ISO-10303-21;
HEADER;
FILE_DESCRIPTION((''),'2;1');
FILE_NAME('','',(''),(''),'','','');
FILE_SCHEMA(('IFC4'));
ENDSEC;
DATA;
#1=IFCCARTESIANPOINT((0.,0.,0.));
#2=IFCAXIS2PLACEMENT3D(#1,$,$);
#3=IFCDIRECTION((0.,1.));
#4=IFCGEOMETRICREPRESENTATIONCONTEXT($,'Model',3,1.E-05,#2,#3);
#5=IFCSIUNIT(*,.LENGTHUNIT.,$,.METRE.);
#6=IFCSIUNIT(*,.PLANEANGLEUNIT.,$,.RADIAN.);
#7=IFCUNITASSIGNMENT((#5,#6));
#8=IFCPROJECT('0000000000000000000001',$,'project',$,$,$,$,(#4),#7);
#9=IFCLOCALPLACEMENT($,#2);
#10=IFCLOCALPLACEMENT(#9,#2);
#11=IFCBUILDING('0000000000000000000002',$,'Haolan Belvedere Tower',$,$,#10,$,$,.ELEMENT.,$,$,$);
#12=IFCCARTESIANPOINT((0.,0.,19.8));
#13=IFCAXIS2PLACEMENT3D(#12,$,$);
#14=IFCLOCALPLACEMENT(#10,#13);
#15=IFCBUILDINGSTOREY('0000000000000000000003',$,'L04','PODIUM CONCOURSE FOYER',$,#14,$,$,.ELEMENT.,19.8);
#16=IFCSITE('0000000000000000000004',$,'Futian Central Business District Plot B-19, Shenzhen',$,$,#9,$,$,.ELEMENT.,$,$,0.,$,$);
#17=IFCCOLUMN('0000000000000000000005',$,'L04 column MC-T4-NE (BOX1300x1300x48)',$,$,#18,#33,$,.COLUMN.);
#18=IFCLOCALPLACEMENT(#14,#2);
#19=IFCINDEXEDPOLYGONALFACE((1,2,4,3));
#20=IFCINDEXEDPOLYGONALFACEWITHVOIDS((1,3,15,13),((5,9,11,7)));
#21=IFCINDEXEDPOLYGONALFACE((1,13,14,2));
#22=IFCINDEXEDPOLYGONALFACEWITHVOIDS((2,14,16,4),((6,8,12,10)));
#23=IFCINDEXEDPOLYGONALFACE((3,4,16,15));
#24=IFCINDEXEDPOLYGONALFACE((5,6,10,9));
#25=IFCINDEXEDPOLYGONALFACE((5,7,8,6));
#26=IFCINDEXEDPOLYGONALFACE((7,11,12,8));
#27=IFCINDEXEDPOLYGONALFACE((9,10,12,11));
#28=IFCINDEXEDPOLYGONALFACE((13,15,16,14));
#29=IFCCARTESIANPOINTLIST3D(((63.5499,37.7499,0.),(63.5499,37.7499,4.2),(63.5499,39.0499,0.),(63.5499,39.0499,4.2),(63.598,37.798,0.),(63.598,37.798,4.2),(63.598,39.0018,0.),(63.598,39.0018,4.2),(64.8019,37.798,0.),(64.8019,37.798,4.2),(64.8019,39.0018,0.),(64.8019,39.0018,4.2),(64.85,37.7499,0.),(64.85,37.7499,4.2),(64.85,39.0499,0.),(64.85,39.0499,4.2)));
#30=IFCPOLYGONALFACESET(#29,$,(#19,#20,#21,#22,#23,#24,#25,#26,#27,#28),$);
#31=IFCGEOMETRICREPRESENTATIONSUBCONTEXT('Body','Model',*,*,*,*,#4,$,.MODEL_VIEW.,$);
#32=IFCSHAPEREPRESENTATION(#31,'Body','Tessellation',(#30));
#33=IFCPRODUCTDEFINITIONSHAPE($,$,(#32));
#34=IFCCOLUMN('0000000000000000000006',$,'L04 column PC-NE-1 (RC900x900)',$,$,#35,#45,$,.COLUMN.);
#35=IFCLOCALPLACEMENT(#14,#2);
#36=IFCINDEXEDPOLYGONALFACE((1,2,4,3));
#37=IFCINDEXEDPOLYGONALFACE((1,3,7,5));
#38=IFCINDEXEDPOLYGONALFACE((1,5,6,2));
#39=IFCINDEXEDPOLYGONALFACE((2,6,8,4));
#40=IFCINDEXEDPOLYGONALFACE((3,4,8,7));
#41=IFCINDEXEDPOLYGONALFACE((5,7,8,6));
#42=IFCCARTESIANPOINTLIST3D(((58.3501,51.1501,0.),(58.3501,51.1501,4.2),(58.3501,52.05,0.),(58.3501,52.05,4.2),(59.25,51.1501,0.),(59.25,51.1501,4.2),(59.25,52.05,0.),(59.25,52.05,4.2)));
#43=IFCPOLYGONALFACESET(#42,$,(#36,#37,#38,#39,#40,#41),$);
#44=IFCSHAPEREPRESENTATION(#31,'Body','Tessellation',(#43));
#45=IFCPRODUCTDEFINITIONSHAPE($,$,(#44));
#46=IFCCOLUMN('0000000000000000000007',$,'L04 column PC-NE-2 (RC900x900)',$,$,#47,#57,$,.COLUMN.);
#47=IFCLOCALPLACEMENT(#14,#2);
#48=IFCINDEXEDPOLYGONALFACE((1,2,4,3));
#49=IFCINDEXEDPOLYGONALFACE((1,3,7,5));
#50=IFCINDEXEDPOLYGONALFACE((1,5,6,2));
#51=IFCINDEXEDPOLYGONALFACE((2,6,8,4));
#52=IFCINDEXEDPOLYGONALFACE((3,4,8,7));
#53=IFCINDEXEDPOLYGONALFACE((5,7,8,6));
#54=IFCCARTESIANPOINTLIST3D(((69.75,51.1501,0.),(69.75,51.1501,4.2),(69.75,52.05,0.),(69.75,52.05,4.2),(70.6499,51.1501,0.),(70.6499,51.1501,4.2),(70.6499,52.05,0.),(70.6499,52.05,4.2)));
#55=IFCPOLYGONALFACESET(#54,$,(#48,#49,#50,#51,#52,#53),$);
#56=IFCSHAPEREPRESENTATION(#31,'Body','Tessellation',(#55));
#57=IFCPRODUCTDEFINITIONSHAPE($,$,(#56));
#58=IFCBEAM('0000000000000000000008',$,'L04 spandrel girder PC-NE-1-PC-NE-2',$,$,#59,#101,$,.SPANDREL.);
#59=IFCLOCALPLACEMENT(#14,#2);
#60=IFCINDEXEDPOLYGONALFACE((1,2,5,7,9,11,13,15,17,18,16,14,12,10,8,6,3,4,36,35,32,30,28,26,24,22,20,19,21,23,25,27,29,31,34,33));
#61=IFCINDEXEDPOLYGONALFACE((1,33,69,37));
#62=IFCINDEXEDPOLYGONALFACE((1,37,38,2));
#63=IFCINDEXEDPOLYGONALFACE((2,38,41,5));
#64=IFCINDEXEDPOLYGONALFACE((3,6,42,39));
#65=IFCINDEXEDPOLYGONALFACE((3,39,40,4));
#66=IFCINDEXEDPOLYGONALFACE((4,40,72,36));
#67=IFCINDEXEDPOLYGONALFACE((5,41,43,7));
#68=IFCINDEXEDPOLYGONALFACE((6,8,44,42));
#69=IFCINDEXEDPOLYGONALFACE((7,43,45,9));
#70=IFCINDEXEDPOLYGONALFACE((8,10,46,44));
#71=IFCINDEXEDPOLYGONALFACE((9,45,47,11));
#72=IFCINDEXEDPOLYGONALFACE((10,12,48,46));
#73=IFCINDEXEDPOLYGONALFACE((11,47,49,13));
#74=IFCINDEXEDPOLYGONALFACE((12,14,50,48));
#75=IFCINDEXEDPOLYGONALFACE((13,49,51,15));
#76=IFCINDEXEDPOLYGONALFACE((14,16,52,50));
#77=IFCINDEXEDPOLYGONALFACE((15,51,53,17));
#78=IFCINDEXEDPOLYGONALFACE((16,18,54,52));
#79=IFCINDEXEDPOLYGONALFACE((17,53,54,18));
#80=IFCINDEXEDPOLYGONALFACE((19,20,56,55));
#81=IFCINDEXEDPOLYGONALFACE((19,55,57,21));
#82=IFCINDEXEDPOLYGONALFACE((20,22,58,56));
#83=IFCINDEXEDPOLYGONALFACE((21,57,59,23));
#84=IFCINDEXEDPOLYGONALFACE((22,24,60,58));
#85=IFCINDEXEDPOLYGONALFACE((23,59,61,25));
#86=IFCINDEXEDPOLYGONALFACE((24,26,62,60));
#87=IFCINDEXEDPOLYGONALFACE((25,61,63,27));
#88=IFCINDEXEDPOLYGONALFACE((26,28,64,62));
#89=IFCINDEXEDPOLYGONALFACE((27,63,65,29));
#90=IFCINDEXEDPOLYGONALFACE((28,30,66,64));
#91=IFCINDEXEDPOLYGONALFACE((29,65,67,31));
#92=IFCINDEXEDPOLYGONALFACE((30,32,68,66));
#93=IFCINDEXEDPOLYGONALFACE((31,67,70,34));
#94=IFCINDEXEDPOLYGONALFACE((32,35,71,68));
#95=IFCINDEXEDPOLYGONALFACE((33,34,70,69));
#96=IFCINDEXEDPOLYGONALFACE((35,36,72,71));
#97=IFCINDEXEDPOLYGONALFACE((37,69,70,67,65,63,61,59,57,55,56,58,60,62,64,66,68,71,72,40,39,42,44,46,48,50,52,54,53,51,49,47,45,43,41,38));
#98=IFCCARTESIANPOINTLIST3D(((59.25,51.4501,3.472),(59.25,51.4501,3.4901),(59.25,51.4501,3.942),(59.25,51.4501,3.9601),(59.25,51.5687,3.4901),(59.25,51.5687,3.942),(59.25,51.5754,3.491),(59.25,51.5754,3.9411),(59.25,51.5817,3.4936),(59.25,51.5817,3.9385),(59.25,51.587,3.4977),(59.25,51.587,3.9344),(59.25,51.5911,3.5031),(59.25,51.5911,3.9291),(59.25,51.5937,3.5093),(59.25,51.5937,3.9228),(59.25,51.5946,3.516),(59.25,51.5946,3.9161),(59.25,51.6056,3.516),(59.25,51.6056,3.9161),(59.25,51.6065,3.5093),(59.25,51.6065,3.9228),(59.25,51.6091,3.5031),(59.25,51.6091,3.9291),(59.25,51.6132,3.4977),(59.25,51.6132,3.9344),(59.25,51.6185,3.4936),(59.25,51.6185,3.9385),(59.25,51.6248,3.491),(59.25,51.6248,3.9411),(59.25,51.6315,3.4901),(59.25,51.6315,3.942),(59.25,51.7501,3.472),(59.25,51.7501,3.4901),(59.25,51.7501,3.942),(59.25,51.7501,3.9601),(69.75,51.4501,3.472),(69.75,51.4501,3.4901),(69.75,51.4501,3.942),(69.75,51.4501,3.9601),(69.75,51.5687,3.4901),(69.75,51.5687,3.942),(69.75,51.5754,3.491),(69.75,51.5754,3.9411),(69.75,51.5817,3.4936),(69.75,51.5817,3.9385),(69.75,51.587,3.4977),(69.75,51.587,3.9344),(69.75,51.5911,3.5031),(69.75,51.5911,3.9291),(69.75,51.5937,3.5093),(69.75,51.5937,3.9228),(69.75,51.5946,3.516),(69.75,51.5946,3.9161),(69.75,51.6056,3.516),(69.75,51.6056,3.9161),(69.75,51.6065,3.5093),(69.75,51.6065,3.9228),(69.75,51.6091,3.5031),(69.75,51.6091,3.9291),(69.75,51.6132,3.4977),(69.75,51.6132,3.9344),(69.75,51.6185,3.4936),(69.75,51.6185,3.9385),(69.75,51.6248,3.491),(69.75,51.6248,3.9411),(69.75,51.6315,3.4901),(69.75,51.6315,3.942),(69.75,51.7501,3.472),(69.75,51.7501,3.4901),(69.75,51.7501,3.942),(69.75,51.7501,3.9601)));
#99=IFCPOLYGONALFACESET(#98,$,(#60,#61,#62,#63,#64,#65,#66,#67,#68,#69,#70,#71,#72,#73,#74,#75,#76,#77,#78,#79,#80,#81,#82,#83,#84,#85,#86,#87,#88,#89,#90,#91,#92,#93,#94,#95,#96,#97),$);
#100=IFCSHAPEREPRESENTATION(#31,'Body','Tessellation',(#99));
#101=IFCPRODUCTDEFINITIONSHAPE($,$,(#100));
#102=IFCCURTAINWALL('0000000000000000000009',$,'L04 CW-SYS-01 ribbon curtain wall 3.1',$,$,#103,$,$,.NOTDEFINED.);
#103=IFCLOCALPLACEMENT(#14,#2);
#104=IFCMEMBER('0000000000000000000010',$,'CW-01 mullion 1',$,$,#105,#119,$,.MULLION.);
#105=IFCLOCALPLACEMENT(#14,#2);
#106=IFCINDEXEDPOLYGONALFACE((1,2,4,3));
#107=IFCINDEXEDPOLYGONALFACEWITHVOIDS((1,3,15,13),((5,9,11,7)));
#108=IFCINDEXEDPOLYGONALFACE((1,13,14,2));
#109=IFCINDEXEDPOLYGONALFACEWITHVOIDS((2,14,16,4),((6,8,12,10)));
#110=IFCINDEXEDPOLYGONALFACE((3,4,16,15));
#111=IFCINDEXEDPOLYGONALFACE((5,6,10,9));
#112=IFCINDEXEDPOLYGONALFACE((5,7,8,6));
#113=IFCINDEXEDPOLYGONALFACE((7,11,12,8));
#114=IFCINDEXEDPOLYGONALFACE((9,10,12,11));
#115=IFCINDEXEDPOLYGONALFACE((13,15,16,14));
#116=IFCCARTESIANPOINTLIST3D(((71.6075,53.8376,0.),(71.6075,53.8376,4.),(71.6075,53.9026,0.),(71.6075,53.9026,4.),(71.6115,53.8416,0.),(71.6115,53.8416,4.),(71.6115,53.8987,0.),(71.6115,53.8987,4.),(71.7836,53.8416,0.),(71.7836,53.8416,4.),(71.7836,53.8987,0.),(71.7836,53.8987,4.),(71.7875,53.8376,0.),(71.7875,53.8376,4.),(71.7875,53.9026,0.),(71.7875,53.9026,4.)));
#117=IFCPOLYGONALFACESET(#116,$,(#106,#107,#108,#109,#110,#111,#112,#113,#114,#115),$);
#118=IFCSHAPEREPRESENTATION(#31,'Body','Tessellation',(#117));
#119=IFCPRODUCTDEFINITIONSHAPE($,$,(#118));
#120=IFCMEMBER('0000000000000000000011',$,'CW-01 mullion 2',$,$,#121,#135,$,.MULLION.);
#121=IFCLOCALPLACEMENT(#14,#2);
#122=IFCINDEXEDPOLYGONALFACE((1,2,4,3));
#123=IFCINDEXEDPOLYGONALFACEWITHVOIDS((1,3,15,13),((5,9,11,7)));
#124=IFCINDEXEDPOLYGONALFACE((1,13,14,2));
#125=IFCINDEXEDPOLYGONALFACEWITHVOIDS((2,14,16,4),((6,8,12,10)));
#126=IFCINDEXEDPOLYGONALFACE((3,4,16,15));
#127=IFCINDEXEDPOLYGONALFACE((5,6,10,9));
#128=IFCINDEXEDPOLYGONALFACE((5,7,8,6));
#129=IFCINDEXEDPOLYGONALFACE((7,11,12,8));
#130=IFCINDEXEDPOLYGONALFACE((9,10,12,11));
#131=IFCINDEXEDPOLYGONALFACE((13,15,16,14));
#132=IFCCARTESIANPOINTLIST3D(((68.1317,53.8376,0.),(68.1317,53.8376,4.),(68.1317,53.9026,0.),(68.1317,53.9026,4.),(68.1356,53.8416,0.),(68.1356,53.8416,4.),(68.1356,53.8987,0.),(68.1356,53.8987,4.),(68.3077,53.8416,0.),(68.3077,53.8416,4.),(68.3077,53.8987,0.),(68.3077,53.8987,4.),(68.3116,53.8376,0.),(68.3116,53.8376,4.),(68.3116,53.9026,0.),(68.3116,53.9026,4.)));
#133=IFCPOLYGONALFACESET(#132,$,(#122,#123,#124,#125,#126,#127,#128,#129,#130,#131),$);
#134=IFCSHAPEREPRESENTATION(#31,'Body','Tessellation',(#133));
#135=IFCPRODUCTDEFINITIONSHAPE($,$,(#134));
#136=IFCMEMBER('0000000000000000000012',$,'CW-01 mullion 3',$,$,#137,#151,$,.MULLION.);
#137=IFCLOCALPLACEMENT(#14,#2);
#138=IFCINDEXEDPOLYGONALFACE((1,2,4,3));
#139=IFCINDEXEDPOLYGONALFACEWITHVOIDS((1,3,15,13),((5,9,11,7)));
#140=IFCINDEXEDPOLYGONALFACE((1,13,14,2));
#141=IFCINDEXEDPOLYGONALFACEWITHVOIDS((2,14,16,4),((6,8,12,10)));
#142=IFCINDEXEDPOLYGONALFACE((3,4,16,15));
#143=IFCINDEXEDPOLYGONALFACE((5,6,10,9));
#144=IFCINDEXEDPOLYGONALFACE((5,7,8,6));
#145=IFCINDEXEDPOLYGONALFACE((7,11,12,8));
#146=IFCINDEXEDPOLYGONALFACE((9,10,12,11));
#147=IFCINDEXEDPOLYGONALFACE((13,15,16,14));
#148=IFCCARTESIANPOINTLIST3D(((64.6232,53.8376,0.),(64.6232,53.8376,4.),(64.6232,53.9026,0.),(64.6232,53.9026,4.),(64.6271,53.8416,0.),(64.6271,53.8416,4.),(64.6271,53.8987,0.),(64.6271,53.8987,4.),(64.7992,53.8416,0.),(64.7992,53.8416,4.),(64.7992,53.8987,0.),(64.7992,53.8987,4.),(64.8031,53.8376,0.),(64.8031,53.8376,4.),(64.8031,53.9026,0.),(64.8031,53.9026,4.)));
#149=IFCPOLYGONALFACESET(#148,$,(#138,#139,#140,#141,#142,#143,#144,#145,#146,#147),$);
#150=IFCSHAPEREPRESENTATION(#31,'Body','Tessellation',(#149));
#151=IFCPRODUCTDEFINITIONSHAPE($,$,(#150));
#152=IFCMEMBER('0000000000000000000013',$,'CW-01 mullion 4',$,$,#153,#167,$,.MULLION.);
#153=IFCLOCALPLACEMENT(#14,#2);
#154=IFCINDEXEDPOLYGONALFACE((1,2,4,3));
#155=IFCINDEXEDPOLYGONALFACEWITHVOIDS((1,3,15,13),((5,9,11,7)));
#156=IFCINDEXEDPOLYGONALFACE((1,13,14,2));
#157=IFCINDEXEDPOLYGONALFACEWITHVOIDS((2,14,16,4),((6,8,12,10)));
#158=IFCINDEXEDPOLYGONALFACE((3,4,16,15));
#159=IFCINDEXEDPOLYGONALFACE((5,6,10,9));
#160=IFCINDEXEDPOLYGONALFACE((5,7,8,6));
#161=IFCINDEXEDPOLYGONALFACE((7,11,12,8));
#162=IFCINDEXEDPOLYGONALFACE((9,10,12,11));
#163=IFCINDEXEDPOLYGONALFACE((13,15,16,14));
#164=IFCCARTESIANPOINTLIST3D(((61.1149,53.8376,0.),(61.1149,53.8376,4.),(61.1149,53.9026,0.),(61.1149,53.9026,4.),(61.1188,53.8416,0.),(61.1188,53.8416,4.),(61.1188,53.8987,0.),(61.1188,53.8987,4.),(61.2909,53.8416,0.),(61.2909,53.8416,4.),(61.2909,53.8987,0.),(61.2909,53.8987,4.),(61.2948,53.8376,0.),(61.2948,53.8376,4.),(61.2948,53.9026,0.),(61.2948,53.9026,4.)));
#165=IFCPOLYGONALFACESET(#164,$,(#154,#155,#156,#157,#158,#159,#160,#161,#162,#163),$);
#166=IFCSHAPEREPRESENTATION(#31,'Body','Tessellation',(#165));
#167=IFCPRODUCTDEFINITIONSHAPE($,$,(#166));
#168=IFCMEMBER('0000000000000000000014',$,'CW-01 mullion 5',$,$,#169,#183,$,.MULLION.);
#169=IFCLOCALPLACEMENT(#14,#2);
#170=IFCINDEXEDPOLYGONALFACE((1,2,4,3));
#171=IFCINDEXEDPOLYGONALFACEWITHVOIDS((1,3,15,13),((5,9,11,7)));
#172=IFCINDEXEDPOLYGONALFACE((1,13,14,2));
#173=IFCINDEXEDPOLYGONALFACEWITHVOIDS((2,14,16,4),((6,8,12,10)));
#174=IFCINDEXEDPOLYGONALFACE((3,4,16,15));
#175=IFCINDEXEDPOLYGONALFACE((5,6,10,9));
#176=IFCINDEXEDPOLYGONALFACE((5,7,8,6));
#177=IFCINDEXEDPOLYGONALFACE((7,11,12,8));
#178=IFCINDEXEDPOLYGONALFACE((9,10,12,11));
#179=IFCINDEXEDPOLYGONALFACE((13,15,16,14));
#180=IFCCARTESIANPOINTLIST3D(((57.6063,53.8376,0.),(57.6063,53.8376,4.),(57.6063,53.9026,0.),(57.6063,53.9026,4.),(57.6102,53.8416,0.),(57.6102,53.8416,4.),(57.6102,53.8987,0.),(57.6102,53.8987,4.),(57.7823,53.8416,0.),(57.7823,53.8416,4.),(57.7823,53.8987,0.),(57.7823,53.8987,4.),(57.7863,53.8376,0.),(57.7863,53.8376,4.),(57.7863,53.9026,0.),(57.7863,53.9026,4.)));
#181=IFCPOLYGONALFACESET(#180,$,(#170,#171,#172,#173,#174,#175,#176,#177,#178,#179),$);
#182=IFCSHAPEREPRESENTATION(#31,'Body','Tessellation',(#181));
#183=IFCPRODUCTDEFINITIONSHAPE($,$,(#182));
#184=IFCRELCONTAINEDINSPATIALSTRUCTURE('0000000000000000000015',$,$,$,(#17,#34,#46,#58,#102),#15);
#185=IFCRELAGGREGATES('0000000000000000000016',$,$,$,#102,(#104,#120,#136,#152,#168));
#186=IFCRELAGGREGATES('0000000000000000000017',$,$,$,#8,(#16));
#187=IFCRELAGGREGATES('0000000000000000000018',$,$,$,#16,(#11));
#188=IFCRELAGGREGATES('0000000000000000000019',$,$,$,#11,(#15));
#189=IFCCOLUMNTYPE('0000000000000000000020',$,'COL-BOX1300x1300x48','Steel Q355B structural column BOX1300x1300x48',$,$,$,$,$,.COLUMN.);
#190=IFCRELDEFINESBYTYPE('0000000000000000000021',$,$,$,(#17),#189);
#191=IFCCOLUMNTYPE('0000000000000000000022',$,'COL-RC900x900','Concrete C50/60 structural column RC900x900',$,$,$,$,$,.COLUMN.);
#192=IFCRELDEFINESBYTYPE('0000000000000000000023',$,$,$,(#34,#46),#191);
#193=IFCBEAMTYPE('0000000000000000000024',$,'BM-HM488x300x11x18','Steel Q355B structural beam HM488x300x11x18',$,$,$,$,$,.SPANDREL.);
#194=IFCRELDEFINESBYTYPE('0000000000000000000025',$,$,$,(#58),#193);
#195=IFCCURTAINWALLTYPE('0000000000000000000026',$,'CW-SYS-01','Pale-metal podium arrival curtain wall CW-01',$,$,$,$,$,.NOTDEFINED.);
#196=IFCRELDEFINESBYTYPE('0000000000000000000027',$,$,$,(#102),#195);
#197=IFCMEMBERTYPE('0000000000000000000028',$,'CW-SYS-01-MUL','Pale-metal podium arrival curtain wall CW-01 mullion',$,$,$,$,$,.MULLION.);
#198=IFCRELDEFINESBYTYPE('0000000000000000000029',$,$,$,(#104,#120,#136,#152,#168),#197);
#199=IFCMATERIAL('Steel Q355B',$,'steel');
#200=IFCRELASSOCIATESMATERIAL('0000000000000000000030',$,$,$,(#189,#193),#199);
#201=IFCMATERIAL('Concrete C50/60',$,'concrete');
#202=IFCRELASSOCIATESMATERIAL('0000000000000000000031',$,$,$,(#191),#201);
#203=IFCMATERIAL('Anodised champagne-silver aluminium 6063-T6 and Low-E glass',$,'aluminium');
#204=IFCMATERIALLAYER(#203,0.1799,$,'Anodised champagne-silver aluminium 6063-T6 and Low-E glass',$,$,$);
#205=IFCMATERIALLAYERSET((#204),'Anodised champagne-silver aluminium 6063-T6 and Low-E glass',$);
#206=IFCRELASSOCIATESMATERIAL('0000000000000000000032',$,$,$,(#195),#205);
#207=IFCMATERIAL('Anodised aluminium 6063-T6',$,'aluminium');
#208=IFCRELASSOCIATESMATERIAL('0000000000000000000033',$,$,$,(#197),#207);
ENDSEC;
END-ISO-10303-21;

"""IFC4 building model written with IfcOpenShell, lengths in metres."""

from ifc_helpers import new_model, si_unit, direction, frame, origin, origin_2d, place, context, subcontext, project, spatial, rectangle, hollow_rectangle, i_section, extrude, material, layer, layer_set, material_profile, profile_set, type_object, element, aggregate, save


model = new_model("IFC4")

# Units and contexts
model_context = context("Model", 3, precision=1e-05, world=origin(), true_north=direction((0.0, 1.0)))
body_context = subcontext(model_context, "Body", "Model", "MODEL_VIEW")
ifc_project = project(units=[si_unit("LENGTHUNIT", "METRE"), si_unit("PLANEANGLEUNIT", "RADIAN")], contexts=[model_context])

# Site, building, storey
site_placement = place(None, origin())
site = spatial("IfcSite", under=ifc_project, at=site_placement, Name="Futian Central Business District Plot B-19, Shenzhen", CompositionType="ELEMENT", RefElevation=0.0)
building_placement = place(site_placement, origin())
building = spatial("IfcBuilding", under=site, at=building_placement, Name="Haolan Belvedere Tower", CompositionType="ELEMENT")
storey_placement = place(building_placement, frame((0.0, 0.0, 19.8)))
storey = spatial("IfcBuildingStorey", under=building, at=storey_placement, Name="L04", Description="PODIUM CONCOURSE FOYER", CompositionType="ELEMENT", Elevation=19.8)

# Columns
ifc_material_1 = material(Name="Steel Q355B", Category="steel")
ifc_material_profile_1 = material_profile(ifc_material_1, hollow_rectangle(XDim=1.3, YDim=1.3, WallThickness=0.0481, at=origin_2d()), Name="Steel Q355B")
ifc_profile_set_1 = profile_set([ifc_material_profile_1], Name="Steel Q355B")
column_type_1 = type_object("IfcColumnType", Name="COL-BOX1300x1300x48", Description="Steel Q355B structural column BOX1300x1300x48", PredefinedType="COLUMN", material=ifc_profile_set_1)
column_placement = place(storey_placement, frame((64.2, 38.3999, 0.0), z_axis=(0.0, 0.0, 1.0), x_axis=(1.0, 0.0, 0.0)))
element("IfcColumn", 1, at=column_placement, inside=storey, type_object=column_type_1, Name="L04 column MC-T4-NE (BOX1300x1300x48)", PredefinedType="COLUMN", context=body_context, shape_type="SweptSolid", body=[
    extrude(hollow_rectangle(XDim=1.3, YDim=1.3, WallThickness=0.0481, at=origin_2d()), origin(), (0.0, 0.0, 1.0), 4.2),
])
ifc_material_2 = material(Name="Concrete C50/60", Category="concrete")
ifc_material_profile_2 = material_profile(ifc_material_2, rectangle(XDim=0.8999, YDim=0.8999, at=origin_2d()), Name="Concrete C50/60")
ifc_profile_set_2 = profile_set([ifc_material_profile_2], Name="Concrete C50/60")
column_type_2 = type_object("IfcColumnType", Name="COL-RC900x900", Description="Concrete C50/60 structural column RC900x900", PredefinedType="COLUMN", material=ifc_profile_set_2)
for number, where, z_axis, x_axis, name in (
    (2, (58.8, 51.6001, 0.0), (0.0, 0.0, 1.0), (1.0, 0.0, 0.0), "L04 column PC-NE-1 (RC900x900)"),
    (3, (70.2, 51.6001, 0.0), (0.0, 0.0, 1.0), (1.0, 0.0, 0.0), "L04 column PC-NE-2 (RC900x900)"),
):
    element("IfcColumn", number, at=place(storey_placement, frame(where, z_axis=z_axis, x_axis=x_axis)), inside=storey, type_object=column_type_2, Name=name, PredefinedType="COLUMN", context=body_context, shape_type="SweptSolid", body=[
        extrude(rectangle(XDim=0.8999, YDim=0.8999, at=origin_2d()), origin(), (0.0, 0.0, 1.0), 4.2),
    ])

# Beam
ifc_material_profile_3 = material_profile(ifc_material_1, i_section(OverallWidth=0.3, OverallDepth=0.488, WebThickness=0.011, FlangeThickness=0.0181, FilletRadius=0.0259, at=origin_2d()), Name="Steel Q355B")
ifc_profile_set_3 = profile_set([ifc_material_profile_3], Name="Steel Q355B")
beam_type = type_object("IfcBeamType", Name="BM-HM488x300x11x18", Description="Steel Q355B structural beam HM488x300x11x18", PredefinedType="SPANDREL", material=ifc_profile_set_3)
beam_placement = place(storey_placement, frame((59.25, 51.6001, 3.7161), z_axis=(1.0, 0.0, 0.0), x_axis=(0.0, 1.0, 0.0)))
element("IfcBeam", 4, at=beam_placement, inside=storey, type_object=beam_type, Name="L04 spandrel girder PC-NE-1-PC-NE-2", PredefinedType="SPANDREL", context=body_context, shape_type="SweptSolid", body=[
    extrude(i_section(OverallWidth=0.3, OverallDepth=0.488, WebThickness=0.011, FlangeThickness=0.0181, FilletRadius=0.0259, at=origin_2d()), origin(), (0.0, 0.0, 1.0), 10.5),
])

# Curtain wall, members
ifc_material_3 = material(Name="Anodised champagne-silver aluminium 6063-T6 and Low-E glass", Category="aluminium")
ifc_layer_1 = layer(ifc_material_3, 0.1799, Name="Anodised champagne-silver aluminium 6063-T6 and Low-E glass")
ifc_layer_set_1 = layer_set([ifc_layer_1], Name="Anodised champagne-silver aluminium 6063-T6 and Low-E glass")
curtain_wall_type = type_object("IfcCurtainWallType", Name="CW-SYS-01", Description="Pale-metal podium arrival curtain wall CW-01", PredefinedType="NOTDEFINED", material=ifc_layer_set_1)
curtain_wall_placement = place(storey_placement, origin())
curtain_wall = element("IfcCurtainWall", 5, at=curtain_wall_placement, inside=storey, type_object=curtain_wall_type, Name="L04 CW-SYS-01 ribbon curtain wall 3.1", PredefinedType="NOTDEFINED")
ifc_material_4 = material(Name="Anodised aluminium 6063-T6", Category="aluminium")
ifc_material_profile_4 = material_profile(ifc_material_4, hollow_rectangle(XDim=0.0649, YDim=0.1799, WallThickness=0.0039, at=origin_2d()), Name="Anodised aluminium 6063-T6")
ifc_profile_set_4 = profile_set([ifc_material_profile_4], Name="Anodised aluminium 6063-T6")
member_type_1 = type_object("IfcMemberType", Name="CW-SYS-01-MUL", Description="Pale-metal podium arrival curtain wall CW-01 mullion", PredefinedType="MULLION", material=ifc_profile_set_4)
member_1_placement = place(storey_placement, frame((71.6975, 53.8701, 0.0), z_axis=(0.0, 0.0, 1.0), x_axis=(0.0, -1.0, 0.0)))
member_1 = element("IfcMember", 6, at=member_1_placement, type_object=member_type_1, Name="CW-01 mullion 1", PredefinedType="MULLION", context=body_context, shape_type="SweptSolid", body=[
    extrude(hollow_rectangle(XDim=0.0649, YDim=0.1799, WallThickness=0.0039, at=origin_2d()), origin(), (0.0, 0.0, 1.0), 4.0),
])
member_2_placement = place(storey_placement, frame((68.2217, 53.8701, 0.0), z_axis=(0.0, 0.0, 1.0), x_axis=(0.0, -1.0, 0.0)))
member_2 = element("IfcMember", 7, at=member_2_placement, type_object=member_type_1, Name="CW-01 mullion 2", PredefinedType="MULLION", context=body_context, shape_type="SweptSolid", body=[
    extrude(hollow_rectangle(XDim=0.0649, YDim=0.1799, WallThickness=0.0039, at=origin_2d()), origin(), (0.0, 0.0, 1.0), 4.0),
])
member_3_placement = place(storey_placement, frame((64.7131, 53.8701, 0.0), z_axis=(0.0, 0.0, 1.0), x_axis=(0.0, -1.0, 0.0)))
member_3 = element("IfcMember", 8, at=member_3_placement, type_object=member_type_1, Name="CW-01 mullion 3", PredefinedType="MULLION", context=body_context, shape_type="SweptSolid", body=[
    extrude(hollow_rectangle(XDim=0.0649, YDim=0.1799, WallThickness=0.0039, at=origin_2d()), origin(), (0.0, 0.0, 1.0), 4.0),
])
member_4_placement = place(storey_placement, frame((61.2048, 53.8701, 0.0), z_axis=(0.0, 0.0, 1.0), x_axis=(0.0, -1.0, 0.0)))
member_4 = element("IfcMember", 9, at=member_4_placement, type_object=member_type_1, Name="CW-01 mullion 4", PredefinedType="MULLION", context=body_context, shape_type="SweptSolid", body=[
    extrude(hollow_rectangle(XDim=0.0649, YDim=0.1799, WallThickness=0.0039, at=origin_2d()), origin(), (0.0, 0.0, 1.0), 4.0),
])
member_5_placement = place(storey_placement, frame((57.6963, 53.8701, 0.0), z_axis=(0.0, 0.0, 1.0), x_axis=(0.0, -1.0, 0.0)))
member_5 = element("IfcMember", 10, at=member_5_placement, type_object=member_type_1, Name="CW-01 mullion 5", PredefinedType="MULLION", context=body_context, shape_type="SweptSolid", body=[
    extrude(hollow_rectangle(XDim=0.0649, YDim=0.1799, WallThickness=0.0039, at=origin_2d()), origin(), (0.0, 0.0, 1.0), 4.0),
])

aggregate(curtain_wall, [member_1, member_2, member_3, member_4, member_5])

save(model, "model.ifc")
